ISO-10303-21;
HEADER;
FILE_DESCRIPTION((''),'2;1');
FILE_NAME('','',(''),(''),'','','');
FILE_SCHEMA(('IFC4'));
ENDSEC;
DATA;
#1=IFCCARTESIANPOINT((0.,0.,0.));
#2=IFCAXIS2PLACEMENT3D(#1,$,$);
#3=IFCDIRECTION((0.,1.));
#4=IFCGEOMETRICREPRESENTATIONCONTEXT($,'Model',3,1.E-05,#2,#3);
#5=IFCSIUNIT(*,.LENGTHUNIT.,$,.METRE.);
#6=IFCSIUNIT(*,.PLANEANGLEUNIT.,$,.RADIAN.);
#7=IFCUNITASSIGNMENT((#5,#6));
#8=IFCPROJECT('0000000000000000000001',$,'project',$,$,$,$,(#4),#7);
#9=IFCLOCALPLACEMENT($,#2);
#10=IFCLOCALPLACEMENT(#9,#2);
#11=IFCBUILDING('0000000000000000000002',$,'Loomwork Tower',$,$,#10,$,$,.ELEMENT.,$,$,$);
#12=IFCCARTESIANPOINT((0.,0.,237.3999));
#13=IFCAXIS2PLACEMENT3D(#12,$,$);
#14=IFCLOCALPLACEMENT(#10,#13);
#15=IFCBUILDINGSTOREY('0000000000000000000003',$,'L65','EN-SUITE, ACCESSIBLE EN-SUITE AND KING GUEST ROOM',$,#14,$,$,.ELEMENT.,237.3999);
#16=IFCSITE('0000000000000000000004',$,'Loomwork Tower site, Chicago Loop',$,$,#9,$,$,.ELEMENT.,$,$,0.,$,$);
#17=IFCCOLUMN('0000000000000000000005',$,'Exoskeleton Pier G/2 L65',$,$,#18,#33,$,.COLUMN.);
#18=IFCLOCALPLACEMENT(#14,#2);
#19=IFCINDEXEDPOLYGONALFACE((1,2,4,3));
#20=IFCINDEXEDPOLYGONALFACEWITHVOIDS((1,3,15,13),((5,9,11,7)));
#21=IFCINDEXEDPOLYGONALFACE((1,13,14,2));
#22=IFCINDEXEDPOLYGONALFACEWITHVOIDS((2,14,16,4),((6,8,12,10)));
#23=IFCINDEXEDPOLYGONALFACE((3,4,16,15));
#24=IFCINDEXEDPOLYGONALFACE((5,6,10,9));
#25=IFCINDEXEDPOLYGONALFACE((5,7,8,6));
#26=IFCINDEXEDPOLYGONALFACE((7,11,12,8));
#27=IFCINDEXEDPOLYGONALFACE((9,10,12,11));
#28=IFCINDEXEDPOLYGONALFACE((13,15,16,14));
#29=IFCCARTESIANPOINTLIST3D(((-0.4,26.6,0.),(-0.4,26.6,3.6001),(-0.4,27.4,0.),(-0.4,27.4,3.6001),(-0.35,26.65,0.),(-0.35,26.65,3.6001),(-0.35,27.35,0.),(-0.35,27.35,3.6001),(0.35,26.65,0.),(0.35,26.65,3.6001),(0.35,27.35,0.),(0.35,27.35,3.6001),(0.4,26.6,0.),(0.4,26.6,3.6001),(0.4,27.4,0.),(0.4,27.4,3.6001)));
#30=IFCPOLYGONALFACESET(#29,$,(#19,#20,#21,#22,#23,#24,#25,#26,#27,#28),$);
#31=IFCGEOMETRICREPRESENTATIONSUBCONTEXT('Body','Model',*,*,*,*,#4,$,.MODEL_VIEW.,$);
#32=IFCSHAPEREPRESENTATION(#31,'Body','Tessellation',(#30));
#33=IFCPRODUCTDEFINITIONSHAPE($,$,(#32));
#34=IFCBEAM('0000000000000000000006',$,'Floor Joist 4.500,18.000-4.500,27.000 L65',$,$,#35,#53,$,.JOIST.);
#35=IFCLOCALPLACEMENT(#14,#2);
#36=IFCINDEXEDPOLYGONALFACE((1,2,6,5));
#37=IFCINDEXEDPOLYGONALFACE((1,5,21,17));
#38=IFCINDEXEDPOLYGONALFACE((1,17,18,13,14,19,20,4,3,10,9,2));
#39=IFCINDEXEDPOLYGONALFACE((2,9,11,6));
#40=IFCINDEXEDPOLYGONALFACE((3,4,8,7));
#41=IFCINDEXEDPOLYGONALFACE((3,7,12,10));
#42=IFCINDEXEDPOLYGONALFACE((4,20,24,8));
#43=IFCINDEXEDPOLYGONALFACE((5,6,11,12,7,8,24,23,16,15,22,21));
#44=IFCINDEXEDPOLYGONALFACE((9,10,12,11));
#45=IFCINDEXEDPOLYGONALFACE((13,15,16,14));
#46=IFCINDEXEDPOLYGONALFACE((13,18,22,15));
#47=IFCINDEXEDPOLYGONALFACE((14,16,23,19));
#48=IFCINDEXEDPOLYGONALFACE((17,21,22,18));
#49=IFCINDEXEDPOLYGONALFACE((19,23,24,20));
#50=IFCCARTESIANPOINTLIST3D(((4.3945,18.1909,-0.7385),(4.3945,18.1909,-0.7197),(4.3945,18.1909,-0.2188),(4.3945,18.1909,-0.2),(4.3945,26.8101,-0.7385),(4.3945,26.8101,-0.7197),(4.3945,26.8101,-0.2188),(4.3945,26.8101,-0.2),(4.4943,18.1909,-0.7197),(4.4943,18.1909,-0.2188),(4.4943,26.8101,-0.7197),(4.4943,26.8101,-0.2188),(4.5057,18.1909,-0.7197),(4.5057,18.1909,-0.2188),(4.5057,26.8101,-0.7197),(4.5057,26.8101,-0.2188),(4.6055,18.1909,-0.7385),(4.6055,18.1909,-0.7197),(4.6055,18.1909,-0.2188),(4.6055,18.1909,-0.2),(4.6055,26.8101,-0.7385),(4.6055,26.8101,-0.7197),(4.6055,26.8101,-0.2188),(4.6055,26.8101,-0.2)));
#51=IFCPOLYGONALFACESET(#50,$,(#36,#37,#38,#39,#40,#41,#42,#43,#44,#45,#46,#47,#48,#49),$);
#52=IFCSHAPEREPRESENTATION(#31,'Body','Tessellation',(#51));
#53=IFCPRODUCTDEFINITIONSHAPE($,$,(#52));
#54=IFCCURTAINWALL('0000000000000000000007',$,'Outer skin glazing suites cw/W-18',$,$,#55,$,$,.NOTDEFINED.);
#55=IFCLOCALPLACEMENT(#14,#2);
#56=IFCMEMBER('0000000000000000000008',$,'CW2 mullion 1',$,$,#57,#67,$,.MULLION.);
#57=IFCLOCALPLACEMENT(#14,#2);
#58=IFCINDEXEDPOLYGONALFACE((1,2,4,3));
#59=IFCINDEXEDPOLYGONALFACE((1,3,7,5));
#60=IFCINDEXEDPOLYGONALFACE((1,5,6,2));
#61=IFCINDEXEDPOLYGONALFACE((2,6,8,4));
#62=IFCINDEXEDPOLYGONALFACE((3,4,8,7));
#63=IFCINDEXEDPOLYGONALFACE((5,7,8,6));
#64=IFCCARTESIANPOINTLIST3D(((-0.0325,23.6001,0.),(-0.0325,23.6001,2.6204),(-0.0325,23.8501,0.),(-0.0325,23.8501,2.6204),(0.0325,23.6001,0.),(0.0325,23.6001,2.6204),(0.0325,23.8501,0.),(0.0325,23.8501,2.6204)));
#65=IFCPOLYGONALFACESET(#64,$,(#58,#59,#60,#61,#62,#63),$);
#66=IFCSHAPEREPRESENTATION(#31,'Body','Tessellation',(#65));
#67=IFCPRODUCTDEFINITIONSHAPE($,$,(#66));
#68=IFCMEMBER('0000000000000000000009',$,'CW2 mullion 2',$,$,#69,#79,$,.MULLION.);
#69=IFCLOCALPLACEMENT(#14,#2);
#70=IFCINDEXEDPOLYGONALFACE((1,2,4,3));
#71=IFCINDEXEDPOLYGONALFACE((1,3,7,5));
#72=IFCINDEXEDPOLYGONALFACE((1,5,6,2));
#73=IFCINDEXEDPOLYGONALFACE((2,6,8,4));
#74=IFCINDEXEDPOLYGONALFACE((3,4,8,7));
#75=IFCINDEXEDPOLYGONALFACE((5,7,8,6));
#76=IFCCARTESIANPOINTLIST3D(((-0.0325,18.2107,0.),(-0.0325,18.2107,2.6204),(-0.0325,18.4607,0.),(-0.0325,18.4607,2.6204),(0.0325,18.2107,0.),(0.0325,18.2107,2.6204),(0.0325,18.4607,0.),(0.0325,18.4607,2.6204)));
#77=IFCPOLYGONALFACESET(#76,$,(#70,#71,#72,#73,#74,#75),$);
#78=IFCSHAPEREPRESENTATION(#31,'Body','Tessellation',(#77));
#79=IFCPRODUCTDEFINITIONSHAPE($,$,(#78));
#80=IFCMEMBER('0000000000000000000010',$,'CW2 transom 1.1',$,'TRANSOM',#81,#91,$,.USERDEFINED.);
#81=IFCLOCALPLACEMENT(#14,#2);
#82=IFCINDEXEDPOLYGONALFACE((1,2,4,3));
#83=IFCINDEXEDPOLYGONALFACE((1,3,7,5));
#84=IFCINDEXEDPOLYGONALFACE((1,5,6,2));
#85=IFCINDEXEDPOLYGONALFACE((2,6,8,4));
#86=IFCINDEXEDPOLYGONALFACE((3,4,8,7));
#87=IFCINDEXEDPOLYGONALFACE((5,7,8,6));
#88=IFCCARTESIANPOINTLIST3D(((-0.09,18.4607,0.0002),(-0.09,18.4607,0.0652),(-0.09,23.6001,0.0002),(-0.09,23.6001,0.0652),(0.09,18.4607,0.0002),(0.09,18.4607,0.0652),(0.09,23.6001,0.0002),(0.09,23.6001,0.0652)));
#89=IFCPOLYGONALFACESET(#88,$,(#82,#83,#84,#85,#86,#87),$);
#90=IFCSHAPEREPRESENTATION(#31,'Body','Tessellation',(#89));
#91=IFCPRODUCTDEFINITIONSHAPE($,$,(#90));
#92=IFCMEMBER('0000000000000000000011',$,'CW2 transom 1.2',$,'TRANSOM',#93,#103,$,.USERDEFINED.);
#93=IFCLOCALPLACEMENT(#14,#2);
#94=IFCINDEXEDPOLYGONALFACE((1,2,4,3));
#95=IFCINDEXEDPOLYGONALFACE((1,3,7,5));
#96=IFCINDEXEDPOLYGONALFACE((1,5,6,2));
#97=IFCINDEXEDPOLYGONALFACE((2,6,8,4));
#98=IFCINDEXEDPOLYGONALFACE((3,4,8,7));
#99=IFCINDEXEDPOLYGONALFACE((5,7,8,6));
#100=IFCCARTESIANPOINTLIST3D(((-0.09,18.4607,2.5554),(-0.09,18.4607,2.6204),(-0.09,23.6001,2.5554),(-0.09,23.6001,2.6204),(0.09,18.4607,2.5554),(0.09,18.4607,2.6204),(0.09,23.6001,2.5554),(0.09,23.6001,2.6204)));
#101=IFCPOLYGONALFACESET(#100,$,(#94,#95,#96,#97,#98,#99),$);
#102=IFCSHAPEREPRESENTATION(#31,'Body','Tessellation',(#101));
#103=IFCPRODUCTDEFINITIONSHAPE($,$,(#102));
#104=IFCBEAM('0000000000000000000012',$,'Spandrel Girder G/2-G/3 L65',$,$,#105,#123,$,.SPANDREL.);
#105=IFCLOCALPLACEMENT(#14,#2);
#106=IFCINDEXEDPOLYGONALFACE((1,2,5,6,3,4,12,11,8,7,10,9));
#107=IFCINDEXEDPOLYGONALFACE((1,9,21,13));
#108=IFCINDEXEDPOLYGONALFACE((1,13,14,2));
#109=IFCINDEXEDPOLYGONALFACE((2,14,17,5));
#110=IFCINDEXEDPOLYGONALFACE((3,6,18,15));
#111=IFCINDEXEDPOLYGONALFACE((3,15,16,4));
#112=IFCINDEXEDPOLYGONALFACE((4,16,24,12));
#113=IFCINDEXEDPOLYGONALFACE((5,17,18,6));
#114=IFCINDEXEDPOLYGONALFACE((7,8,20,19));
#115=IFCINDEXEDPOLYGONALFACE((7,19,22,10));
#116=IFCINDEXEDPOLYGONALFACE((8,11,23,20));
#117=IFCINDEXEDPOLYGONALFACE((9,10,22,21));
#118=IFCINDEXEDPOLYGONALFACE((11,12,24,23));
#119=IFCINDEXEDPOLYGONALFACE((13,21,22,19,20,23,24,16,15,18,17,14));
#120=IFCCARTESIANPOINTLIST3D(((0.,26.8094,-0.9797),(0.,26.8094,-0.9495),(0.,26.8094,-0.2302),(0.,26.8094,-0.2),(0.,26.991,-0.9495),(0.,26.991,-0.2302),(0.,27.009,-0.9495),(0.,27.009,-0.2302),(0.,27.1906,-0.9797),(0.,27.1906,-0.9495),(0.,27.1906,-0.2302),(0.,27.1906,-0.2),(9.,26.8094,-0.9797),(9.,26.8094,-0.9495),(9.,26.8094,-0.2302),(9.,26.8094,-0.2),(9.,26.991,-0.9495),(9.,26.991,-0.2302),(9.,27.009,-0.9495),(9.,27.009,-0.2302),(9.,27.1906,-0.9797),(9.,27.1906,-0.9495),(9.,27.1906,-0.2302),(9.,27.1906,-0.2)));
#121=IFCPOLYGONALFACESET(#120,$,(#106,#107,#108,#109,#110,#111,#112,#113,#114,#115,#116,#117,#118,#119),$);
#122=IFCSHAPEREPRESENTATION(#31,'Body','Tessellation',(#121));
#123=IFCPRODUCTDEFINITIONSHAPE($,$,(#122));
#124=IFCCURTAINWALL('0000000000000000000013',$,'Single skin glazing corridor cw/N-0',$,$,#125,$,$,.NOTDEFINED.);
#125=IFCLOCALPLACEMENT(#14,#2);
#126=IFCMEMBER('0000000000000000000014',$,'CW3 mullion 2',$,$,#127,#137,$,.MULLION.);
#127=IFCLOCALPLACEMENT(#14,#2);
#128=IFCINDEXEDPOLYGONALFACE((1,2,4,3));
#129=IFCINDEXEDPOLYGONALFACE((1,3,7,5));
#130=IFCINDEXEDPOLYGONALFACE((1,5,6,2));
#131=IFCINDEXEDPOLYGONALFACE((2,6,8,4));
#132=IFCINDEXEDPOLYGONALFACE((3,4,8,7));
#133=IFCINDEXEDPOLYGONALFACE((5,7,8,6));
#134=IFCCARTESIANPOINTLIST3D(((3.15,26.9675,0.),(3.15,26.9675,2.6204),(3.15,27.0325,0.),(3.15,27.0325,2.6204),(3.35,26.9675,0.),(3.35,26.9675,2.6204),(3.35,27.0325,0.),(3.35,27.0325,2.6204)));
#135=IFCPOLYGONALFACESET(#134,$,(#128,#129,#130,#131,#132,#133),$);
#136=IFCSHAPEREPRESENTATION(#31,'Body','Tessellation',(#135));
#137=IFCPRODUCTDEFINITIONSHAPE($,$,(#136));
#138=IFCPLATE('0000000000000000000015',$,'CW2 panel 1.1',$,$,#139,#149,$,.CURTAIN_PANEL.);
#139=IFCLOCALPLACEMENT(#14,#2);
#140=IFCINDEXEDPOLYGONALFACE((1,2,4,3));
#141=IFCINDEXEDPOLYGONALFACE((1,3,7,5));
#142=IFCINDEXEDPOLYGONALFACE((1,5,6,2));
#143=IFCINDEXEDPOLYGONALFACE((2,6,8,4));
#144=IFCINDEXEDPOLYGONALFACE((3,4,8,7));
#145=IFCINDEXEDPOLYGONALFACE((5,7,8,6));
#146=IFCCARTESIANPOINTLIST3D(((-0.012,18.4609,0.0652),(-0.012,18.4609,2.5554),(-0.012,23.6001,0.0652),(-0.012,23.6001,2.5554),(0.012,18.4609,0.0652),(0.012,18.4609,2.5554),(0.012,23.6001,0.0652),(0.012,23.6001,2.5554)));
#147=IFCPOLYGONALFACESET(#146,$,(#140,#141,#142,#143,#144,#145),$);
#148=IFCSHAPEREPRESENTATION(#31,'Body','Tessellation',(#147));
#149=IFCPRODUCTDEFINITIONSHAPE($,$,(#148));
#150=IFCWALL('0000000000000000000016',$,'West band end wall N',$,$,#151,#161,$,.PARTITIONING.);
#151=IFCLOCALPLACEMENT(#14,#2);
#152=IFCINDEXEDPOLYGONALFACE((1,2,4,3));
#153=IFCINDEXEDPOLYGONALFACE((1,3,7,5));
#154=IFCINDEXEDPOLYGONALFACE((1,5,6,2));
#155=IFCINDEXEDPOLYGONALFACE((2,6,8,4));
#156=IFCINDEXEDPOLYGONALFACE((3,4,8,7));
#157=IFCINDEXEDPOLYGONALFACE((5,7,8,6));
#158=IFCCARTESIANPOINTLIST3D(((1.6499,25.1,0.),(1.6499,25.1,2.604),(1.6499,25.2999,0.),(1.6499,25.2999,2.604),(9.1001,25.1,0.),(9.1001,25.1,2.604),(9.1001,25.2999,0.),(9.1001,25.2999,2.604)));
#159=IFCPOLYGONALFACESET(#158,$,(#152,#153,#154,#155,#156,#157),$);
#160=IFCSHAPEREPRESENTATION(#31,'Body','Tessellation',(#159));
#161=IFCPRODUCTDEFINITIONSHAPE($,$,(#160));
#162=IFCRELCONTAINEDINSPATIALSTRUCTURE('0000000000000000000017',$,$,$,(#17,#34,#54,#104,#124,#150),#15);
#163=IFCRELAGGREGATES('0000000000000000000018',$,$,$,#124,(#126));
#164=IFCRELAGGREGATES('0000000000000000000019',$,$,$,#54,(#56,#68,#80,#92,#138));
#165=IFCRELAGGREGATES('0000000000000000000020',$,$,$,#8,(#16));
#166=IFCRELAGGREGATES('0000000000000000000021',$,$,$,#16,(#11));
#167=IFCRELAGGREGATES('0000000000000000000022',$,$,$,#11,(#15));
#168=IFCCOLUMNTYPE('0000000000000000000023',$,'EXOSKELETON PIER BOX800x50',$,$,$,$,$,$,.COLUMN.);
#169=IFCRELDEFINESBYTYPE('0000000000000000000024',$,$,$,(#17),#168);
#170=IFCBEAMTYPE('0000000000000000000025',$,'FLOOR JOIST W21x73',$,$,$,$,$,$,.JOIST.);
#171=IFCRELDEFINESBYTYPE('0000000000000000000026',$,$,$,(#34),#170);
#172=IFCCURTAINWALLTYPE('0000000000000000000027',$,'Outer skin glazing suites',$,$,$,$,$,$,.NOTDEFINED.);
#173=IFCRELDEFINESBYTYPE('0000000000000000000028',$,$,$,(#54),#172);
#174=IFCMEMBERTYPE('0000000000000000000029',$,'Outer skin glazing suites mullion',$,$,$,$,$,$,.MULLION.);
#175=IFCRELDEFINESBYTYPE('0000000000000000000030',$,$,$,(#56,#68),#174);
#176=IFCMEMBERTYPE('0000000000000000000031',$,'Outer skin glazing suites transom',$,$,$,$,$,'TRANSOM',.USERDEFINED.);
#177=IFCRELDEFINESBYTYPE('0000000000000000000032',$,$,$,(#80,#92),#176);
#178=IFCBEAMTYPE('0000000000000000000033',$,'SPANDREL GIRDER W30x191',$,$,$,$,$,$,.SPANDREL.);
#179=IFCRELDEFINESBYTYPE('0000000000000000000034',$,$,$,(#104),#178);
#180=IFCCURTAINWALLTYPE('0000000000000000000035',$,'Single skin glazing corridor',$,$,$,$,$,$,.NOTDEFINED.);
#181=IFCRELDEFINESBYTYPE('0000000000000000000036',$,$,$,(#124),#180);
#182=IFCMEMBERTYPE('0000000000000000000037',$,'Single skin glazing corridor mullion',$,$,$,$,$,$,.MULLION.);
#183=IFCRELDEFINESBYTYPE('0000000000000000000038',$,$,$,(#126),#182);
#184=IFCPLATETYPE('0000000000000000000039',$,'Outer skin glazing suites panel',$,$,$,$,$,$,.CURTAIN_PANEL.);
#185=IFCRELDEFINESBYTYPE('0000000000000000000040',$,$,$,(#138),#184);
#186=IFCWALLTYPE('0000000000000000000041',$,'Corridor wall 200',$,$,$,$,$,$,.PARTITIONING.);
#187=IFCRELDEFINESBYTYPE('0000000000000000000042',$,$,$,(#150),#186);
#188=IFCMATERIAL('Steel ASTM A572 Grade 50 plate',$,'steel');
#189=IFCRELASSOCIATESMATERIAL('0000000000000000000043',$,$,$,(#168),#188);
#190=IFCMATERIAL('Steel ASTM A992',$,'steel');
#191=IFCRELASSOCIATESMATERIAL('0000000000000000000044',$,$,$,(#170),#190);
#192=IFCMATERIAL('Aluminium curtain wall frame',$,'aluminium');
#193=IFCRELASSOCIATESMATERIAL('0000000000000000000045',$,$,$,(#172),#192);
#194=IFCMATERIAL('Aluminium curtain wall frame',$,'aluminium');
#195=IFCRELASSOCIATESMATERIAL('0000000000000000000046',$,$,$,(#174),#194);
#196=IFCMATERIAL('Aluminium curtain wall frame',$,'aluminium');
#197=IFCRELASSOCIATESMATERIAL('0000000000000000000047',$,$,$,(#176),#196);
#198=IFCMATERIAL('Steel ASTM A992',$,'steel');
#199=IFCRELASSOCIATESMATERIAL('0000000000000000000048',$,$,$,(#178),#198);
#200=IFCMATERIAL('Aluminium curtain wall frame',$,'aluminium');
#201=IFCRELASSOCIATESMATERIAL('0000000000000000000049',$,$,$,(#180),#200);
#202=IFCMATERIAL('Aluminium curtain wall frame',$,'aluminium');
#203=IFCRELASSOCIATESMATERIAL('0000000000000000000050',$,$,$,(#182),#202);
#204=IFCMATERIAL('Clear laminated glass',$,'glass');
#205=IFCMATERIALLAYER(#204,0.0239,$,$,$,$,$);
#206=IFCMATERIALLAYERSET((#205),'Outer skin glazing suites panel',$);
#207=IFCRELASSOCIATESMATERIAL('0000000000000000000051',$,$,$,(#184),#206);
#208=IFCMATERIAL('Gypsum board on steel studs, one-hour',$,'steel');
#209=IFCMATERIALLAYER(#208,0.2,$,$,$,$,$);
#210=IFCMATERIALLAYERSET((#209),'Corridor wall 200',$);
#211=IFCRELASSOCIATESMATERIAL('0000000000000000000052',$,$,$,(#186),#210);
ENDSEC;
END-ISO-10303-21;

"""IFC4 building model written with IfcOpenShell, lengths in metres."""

from ifc_helpers import new_model, si_unit, direction, frame, frame_2d, origin, origin_2d, place, context, subcontext, project, spatial, rectangle, hollow_rectangle, i_section, extrude, material, layer, layer_set, material_profile, profile_set, type_object, element, aggregate, save


model = new_model("IFC4")

# Units and contexts
model_context = context("Model", 3, precision=1e-05, world=origin(), true_north=direction((0.0, 1.0)))
body_context = subcontext(model_context, "Body", "Model", "MODEL_VIEW")
ifc_project = project(units=[si_unit("LENGTHUNIT", "METRE"), si_unit("PLANEANGLEUNIT", "RADIAN")], contexts=[model_context])

# Site, building, storey
site_placement = place(None, origin())
site = spatial("IfcSite", under=ifc_project, at=site_placement, Name="Loomwork Tower site, Chicago Loop", CompositionType="ELEMENT", RefElevation=0.0)
building_placement = place(site_placement, origin())
building = spatial("IfcBuilding", under=site, at=building_placement, Name="Loomwork Tower", CompositionType="ELEMENT")
storey_placement = place(building_placement, frame((0.0, 0.0, 237.3999)))
storey = spatial("IfcBuildingStorey", under=building, at=storey_placement, Name="L65", Description="EN-SUITE, ACCESSIBLE EN-SUITE AND KING GUEST ROOM", CompositionType="ELEMENT", Elevation=237.3999)

# Column
ifc_material_1 = material(Name="Steel ASTM A572 Grade 50 plate", Category="steel")
ifc_material_profile_1 = material_profile(ifc_material_1, hollow_rectangle(XDim=0.8, YDim=0.8, WallThickness=0.05, at=origin_2d()), Name="BOX800x50")
ifc_profile_set_1 = profile_set([ifc_material_profile_1], Name="Steel ASTM A572 Grade 50 plate")
column_type = type_object("IfcColumnType", Name="EXOSKELETON PIER BOX800x50", PredefinedType="COLUMN", material=ifc_profile_set_1)
column_placement = place(storey_placement, frame((0.0, 27.0, 0.0), z_axis=(0.0, 0.0, 1.0), x_axis=(0.0, 1.0, 0.0)))
element("IfcColumn", 1, at=column_placement, inside=storey, type_object=column_type, Name="Exoskeleton Pier G/2 L65", PredefinedType="COLUMN", context=body_context, shape_type="SweptSolid", body=[
    extrude(hollow_rectangle(XDim=0.8, YDim=0.8, WallThickness=0.05, at=origin_2d()), origin(), (0.0, 0.0, 1.0), 3.6001),
])

# Beam
ifc_material_2 = material(Name="Steel ASTM A992", Category="steel")
ifc_material_profile_2 = material_profile(ifc_material_2, i_section(OverallWidth=0.2109, OverallDepth=0.5386, WebThickness=0.0115, FlangeThickness=0.0188, at=origin_2d()), Name="W21x73")
ifc_profile_set_2 = profile_set([ifc_material_profile_2], Name="Steel ASTM A992")
beam_type_1 = type_object("IfcBeamType", Name="FLOOR JOIST W21x73", PredefinedType="JOIST", material=ifc_profile_set_2)
beam_1_placement = place(storey_placement, frame((4.5, 18.1909, -0.4692), z_axis=(0.0, 1.0, 0.0), x_axis=(-1.0, 0.0, 0.0)))
element("IfcBeam", 2, at=beam_1_placement, inside=storey, type_object=beam_type_1, Name="Floor Joist 4.500,18.000-4.500,27.000 L65", PredefinedType="JOIST", context=body_context, shape_type="SweptSolid", body=[
    extrude(i_section(OverallWidth=0.2109, OverallDepth=0.5386, WebThickness=0.0115, FlangeThickness=0.0188, at=origin_2d()), origin(), (0.0, 0.0, 1.0), 8.6191),
])

# Curtain wall, members
ifc_material_3 = material(Name="Aluminium curtain wall frame", Category="aluminium")
curtain_wall_type_1 = type_object("IfcCurtainWallType", Name="Outer skin glazing suites", PredefinedType="NOTDEFINED", material=ifc_material_3)
curtain_wall_1_placement = place(storey_placement, origin())
curtain_wall_1 = element("IfcCurtainWall", 3, at=curtain_wall_1_placement, inside=storey, type_object=curtain_wall_type_1, Name="Outer skin glazing suites cw/W-18", PredefinedType="NOTDEFINED")
ifc_material_4 = material(Name="Aluminium curtain wall frame", Category="aluminium")
ifc_material_profile_3 = material_profile(ifc_material_4, rectangle(XDim=0.0649, YDim=0.25, at=origin_2d()), Name="AL 65x250")
ifc_profile_set_3 = profile_set([ifc_material_profile_3], Name="Aluminium curtain wall frame")
member_type_1 = type_object("IfcMemberType", Name="Outer skin glazing suites mullion", PredefinedType="MULLION", material=ifc_profile_set_3)
member_1_placement = place(storey_placement, frame((0.0, 23.7251, 0.0), z_axis=(0.0, 0.0, 1.0), x_axis=(1.0, 0.0, 0.0)))
member_1 = element("IfcMember", 4, at=member_1_placement, type_object=member_type_1, Name="CW2 mullion 1", PredefinedType="MULLION", context=body_context, shape_type="SweptSolid", body=[
    extrude(rectangle(XDim=0.0649, YDim=0.25, at=origin_2d()), origin(), (0.0, 0.0, 1.0), 2.6204),
])
member_2_placement = place(storey_placement, frame((0.0, 18.3357, 0.0), z_axis=(0.0, 0.0, 1.0), x_axis=(1.0, 0.0, 0.0)))
member_2 = element("IfcMember", 5, at=member_2_placement, type_object=member_type_1, Name="CW2 mullion 2", PredefinedType="MULLION", context=body_context, shape_type="SweptSolid", body=[
    extrude(rectangle(XDim=0.0649, YDim=0.25, at=origin_2d()), origin(), (0.0, 0.0, 1.0), 2.6204),
])
ifc_material_5 = material(Name="Aluminium curtain wall frame", Category="aluminium")
ifc_material_profile_4 = material_profile(ifc_material_5, rectangle(XDim=0.1799, YDim=0.0649, at=origin_2d()), Name="AL 65x180")
ifc_profile_set_4 = profile_set([ifc_material_profile_4], Name="Aluminium curtain wall frame")
member_type_2 = type_object("IfcMemberType", Name="Outer skin glazing suites transom", ElementType="TRANSOM", PredefinedType="USERDEFINED", material=ifc_profile_set_4)
member_3_placement = place(storey_placement, frame((0.0, 23.6001, 0.0327), z_axis=(0.0, -1.0, 0.0), x_axis=(1.0, 0.0, 0.0)))
member_3 = element("IfcMember", 6, at=member_3_placement, type_object=member_type_2, Name="CW2 transom 1.1", ObjectType="TRANSOM", PredefinedType="USERDEFINED", context=body_context, shape_type="SweptSolid", body=[
    extrude(rectangle(XDim=0.1799, YDim=0.0649, at=origin_2d()), origin(), (0.0, 0.0, 1.0), 5.1394),
])
member_4_placement = place(storey_placement, frame((0.0, 23.6001, 2.5879), z_axis=(0.0, -1.0, 0.0), x_axis=(1.0, 0.0, 0.0)))
member_4 = element("IfcMember", 7, at=member_4_placement, type_object=member_type_2, Name="CW2 transom 1.2", ObjectType="TRANSOM", PredefinedType="USERDEFINED", context=body_context, shape_type="SweptSolid", body=[
    extrude(rectangle(XDim=0.1799, YDim=0.0649, at=origin_2d()), origin(), (0.0, 0.0, 1.0), 5.1394),
])

# Beam
ifc_material_6 = material(Name="Steel ASTM A992", Category="steel")
ifc_material_profile_5 = material_profile(ifc_material_6, i_section(OverallWidth=0.3811, OverallDepth=0.7798, WebThickness=0.0181, FlangeThickness=0.0303, at=origin_2d()), Name="W30x191")
ifc_profile_set_5 = profile_set([ifc_material_profile_5], Name="Steel ASTM A992")
beam_type_2 = type_object("IfcBeamType", Name="SPANDREL GIRDER W30x191", PredefinedType="SPANDREL", material=ifc_profile_set_5)
beam_2_placement = place(storey_placement, frame((0.0, 27.0, -0.5898), z_axis=(1.0, 0.0, 0.0), x_axis=(0.0, 1.0, 0.0)))
element("IfcBeam", 8, at=beam_2_placement, inside=storey, type_object=beam_type_2, Name="Spandrel Girder G/2-G/3 L65", PredefinedType="SPANDREL", context=body_context, shape_type="SweptSolid", body=[
    extrude(i_section(OverallWidth=0.3811, OverallDepth=0.7798, WebThickness=0.0181, FlangeThickness=0.0303, at=origin_2d()), origin(), (0.0, 0.0, 1.0), 9.0),
])

# Curtain wall, member
ifc_material_7 = material(Name="Aluminium curtain wall frame", Category="aluminium")
curtain_wall_type_2 = type_object("IfcCurtainWallType", Name="Single skin glazing corridor", PredefinedType="NOTDEFINED", material=ifc_material_7)
curtain_wall_2_placement = place(storey_placement, origin())
curtain_wall_2 = element("IfcCurtainWall", 9, at=curtain_wall_2_placement, inside=storey, type_object=curtain_wall_type_2, Name="Single skin glazing corridor cw/N-0", PredefinedType="NOTDEFINED")
ifc_material_8 = material(Name="Aluminium curtain wall frame", Category="aluminium")
ifc_material_profile_6 = material_profile(ifc_material_8, rectangle(XDim=0.0649, YDim=0.2, at=origin_2d()), Name="AL 65x200")
ifc_profile_set_6 = profile_set([ifc_material_profile_6], Name="Aluminium curtain wall frame")
member_type_3 = type_object("IfcMemberType", Name="Single skin glazing corridor mullion", PredefinedType="MULLION", material=ifc_profile_set_6)
member_5_placement = place(storey_placement, frame((3.25, 27.0, 0.0), z_axis=(0.0, 0.0, 1.0), x_axis=(0.0, -1.0, 0.0)))
member_5 = element("IfcMember", 10, at=member_5_placement, type_object=member_type_3, Name="CW3 mullion 2", PredefinedType="MULLION", context=body_context, shape_type="SweptSolid", body=[
    extrude(rectangle(XDim=0.0649, YDim=0.2, at=origin_2d()), origin(), (0.0, 0.0, 1.0), 2.6204),
])
aggregate(curtain_wall_2, [member_5])

# Plate
ifc_material_9 = material(Name="Clear laminated glass", Category="glass")
ifc_layer_1 = layer(ifc_material_9, 0.0239)
ifc_layer_set_1 = layer_set([ifc_layer_1], Name="Outer skin glazing suites panel")
plate_type = type_object("IfcPlateType", Name="Outer skin glazing suites panel", PredefinedType="CURTAIN_PANEL", material=ifc_layer_set_1)
plate_placement = place(storey_placement, frame((0.0, 21.0305, 0.0652), z_axis=(0.0, 0.0, 1.0), x_axis=(0.0, -1.0, 0.0)))
plate = element("IfcPlate", 11, at=plate_placement, type_object=plate_type, Name="CW2 panel 1.1", PredefinedType="CURTAIN_PANEL", context=body_context, shape_type="SweptSolid", body=[
    extrude(rectangle(XDim=5.1392, YDim=0.0239, at=origin_2d()), origin(), (0.0, 0.0, 1.0), 2.4902),
])
aggregate(curtain_wall_1, [member_1, member_2, member_3, member_4, plate])

# Wall
ifc_material_10 = material(Name="Gypsum board on steel studs, one-hour", Category="steel")
ifc_layer_2 = layer(ifc_material_10, 0.2)
ifc_layer_set_2 = layer_set([ifc_layer_2], Name="Corridor wall 200")
wall_type_1 = type_object("IfcWallType", Name="Corridor wall 200", PredefinedType="PARTITIONING", material=ifc_layer_set_2)
wall_1_placement = place(storey_placement, frame((1.6499, 25.2, 0.0), z_axis=(0.0, 0.0, 1.0), x_axis=(1.0, 0.0, 0.0)))
element("IfcWall", 12, at=wall_1_placement, inside=storey, type_object=wall_type_1, Name="West band end wall N", PredefinedType="PARTITIONING", context=body_context, shape_type="SweptSolid", body=[
    extrude(rectangle(XDim=7.4502, YDim=0.2, at=frame_2d((3.7251, 0.0))), origin(), (0.0, 0.0, 1.0), 2.604),
])

save(model, "model.ifc")
